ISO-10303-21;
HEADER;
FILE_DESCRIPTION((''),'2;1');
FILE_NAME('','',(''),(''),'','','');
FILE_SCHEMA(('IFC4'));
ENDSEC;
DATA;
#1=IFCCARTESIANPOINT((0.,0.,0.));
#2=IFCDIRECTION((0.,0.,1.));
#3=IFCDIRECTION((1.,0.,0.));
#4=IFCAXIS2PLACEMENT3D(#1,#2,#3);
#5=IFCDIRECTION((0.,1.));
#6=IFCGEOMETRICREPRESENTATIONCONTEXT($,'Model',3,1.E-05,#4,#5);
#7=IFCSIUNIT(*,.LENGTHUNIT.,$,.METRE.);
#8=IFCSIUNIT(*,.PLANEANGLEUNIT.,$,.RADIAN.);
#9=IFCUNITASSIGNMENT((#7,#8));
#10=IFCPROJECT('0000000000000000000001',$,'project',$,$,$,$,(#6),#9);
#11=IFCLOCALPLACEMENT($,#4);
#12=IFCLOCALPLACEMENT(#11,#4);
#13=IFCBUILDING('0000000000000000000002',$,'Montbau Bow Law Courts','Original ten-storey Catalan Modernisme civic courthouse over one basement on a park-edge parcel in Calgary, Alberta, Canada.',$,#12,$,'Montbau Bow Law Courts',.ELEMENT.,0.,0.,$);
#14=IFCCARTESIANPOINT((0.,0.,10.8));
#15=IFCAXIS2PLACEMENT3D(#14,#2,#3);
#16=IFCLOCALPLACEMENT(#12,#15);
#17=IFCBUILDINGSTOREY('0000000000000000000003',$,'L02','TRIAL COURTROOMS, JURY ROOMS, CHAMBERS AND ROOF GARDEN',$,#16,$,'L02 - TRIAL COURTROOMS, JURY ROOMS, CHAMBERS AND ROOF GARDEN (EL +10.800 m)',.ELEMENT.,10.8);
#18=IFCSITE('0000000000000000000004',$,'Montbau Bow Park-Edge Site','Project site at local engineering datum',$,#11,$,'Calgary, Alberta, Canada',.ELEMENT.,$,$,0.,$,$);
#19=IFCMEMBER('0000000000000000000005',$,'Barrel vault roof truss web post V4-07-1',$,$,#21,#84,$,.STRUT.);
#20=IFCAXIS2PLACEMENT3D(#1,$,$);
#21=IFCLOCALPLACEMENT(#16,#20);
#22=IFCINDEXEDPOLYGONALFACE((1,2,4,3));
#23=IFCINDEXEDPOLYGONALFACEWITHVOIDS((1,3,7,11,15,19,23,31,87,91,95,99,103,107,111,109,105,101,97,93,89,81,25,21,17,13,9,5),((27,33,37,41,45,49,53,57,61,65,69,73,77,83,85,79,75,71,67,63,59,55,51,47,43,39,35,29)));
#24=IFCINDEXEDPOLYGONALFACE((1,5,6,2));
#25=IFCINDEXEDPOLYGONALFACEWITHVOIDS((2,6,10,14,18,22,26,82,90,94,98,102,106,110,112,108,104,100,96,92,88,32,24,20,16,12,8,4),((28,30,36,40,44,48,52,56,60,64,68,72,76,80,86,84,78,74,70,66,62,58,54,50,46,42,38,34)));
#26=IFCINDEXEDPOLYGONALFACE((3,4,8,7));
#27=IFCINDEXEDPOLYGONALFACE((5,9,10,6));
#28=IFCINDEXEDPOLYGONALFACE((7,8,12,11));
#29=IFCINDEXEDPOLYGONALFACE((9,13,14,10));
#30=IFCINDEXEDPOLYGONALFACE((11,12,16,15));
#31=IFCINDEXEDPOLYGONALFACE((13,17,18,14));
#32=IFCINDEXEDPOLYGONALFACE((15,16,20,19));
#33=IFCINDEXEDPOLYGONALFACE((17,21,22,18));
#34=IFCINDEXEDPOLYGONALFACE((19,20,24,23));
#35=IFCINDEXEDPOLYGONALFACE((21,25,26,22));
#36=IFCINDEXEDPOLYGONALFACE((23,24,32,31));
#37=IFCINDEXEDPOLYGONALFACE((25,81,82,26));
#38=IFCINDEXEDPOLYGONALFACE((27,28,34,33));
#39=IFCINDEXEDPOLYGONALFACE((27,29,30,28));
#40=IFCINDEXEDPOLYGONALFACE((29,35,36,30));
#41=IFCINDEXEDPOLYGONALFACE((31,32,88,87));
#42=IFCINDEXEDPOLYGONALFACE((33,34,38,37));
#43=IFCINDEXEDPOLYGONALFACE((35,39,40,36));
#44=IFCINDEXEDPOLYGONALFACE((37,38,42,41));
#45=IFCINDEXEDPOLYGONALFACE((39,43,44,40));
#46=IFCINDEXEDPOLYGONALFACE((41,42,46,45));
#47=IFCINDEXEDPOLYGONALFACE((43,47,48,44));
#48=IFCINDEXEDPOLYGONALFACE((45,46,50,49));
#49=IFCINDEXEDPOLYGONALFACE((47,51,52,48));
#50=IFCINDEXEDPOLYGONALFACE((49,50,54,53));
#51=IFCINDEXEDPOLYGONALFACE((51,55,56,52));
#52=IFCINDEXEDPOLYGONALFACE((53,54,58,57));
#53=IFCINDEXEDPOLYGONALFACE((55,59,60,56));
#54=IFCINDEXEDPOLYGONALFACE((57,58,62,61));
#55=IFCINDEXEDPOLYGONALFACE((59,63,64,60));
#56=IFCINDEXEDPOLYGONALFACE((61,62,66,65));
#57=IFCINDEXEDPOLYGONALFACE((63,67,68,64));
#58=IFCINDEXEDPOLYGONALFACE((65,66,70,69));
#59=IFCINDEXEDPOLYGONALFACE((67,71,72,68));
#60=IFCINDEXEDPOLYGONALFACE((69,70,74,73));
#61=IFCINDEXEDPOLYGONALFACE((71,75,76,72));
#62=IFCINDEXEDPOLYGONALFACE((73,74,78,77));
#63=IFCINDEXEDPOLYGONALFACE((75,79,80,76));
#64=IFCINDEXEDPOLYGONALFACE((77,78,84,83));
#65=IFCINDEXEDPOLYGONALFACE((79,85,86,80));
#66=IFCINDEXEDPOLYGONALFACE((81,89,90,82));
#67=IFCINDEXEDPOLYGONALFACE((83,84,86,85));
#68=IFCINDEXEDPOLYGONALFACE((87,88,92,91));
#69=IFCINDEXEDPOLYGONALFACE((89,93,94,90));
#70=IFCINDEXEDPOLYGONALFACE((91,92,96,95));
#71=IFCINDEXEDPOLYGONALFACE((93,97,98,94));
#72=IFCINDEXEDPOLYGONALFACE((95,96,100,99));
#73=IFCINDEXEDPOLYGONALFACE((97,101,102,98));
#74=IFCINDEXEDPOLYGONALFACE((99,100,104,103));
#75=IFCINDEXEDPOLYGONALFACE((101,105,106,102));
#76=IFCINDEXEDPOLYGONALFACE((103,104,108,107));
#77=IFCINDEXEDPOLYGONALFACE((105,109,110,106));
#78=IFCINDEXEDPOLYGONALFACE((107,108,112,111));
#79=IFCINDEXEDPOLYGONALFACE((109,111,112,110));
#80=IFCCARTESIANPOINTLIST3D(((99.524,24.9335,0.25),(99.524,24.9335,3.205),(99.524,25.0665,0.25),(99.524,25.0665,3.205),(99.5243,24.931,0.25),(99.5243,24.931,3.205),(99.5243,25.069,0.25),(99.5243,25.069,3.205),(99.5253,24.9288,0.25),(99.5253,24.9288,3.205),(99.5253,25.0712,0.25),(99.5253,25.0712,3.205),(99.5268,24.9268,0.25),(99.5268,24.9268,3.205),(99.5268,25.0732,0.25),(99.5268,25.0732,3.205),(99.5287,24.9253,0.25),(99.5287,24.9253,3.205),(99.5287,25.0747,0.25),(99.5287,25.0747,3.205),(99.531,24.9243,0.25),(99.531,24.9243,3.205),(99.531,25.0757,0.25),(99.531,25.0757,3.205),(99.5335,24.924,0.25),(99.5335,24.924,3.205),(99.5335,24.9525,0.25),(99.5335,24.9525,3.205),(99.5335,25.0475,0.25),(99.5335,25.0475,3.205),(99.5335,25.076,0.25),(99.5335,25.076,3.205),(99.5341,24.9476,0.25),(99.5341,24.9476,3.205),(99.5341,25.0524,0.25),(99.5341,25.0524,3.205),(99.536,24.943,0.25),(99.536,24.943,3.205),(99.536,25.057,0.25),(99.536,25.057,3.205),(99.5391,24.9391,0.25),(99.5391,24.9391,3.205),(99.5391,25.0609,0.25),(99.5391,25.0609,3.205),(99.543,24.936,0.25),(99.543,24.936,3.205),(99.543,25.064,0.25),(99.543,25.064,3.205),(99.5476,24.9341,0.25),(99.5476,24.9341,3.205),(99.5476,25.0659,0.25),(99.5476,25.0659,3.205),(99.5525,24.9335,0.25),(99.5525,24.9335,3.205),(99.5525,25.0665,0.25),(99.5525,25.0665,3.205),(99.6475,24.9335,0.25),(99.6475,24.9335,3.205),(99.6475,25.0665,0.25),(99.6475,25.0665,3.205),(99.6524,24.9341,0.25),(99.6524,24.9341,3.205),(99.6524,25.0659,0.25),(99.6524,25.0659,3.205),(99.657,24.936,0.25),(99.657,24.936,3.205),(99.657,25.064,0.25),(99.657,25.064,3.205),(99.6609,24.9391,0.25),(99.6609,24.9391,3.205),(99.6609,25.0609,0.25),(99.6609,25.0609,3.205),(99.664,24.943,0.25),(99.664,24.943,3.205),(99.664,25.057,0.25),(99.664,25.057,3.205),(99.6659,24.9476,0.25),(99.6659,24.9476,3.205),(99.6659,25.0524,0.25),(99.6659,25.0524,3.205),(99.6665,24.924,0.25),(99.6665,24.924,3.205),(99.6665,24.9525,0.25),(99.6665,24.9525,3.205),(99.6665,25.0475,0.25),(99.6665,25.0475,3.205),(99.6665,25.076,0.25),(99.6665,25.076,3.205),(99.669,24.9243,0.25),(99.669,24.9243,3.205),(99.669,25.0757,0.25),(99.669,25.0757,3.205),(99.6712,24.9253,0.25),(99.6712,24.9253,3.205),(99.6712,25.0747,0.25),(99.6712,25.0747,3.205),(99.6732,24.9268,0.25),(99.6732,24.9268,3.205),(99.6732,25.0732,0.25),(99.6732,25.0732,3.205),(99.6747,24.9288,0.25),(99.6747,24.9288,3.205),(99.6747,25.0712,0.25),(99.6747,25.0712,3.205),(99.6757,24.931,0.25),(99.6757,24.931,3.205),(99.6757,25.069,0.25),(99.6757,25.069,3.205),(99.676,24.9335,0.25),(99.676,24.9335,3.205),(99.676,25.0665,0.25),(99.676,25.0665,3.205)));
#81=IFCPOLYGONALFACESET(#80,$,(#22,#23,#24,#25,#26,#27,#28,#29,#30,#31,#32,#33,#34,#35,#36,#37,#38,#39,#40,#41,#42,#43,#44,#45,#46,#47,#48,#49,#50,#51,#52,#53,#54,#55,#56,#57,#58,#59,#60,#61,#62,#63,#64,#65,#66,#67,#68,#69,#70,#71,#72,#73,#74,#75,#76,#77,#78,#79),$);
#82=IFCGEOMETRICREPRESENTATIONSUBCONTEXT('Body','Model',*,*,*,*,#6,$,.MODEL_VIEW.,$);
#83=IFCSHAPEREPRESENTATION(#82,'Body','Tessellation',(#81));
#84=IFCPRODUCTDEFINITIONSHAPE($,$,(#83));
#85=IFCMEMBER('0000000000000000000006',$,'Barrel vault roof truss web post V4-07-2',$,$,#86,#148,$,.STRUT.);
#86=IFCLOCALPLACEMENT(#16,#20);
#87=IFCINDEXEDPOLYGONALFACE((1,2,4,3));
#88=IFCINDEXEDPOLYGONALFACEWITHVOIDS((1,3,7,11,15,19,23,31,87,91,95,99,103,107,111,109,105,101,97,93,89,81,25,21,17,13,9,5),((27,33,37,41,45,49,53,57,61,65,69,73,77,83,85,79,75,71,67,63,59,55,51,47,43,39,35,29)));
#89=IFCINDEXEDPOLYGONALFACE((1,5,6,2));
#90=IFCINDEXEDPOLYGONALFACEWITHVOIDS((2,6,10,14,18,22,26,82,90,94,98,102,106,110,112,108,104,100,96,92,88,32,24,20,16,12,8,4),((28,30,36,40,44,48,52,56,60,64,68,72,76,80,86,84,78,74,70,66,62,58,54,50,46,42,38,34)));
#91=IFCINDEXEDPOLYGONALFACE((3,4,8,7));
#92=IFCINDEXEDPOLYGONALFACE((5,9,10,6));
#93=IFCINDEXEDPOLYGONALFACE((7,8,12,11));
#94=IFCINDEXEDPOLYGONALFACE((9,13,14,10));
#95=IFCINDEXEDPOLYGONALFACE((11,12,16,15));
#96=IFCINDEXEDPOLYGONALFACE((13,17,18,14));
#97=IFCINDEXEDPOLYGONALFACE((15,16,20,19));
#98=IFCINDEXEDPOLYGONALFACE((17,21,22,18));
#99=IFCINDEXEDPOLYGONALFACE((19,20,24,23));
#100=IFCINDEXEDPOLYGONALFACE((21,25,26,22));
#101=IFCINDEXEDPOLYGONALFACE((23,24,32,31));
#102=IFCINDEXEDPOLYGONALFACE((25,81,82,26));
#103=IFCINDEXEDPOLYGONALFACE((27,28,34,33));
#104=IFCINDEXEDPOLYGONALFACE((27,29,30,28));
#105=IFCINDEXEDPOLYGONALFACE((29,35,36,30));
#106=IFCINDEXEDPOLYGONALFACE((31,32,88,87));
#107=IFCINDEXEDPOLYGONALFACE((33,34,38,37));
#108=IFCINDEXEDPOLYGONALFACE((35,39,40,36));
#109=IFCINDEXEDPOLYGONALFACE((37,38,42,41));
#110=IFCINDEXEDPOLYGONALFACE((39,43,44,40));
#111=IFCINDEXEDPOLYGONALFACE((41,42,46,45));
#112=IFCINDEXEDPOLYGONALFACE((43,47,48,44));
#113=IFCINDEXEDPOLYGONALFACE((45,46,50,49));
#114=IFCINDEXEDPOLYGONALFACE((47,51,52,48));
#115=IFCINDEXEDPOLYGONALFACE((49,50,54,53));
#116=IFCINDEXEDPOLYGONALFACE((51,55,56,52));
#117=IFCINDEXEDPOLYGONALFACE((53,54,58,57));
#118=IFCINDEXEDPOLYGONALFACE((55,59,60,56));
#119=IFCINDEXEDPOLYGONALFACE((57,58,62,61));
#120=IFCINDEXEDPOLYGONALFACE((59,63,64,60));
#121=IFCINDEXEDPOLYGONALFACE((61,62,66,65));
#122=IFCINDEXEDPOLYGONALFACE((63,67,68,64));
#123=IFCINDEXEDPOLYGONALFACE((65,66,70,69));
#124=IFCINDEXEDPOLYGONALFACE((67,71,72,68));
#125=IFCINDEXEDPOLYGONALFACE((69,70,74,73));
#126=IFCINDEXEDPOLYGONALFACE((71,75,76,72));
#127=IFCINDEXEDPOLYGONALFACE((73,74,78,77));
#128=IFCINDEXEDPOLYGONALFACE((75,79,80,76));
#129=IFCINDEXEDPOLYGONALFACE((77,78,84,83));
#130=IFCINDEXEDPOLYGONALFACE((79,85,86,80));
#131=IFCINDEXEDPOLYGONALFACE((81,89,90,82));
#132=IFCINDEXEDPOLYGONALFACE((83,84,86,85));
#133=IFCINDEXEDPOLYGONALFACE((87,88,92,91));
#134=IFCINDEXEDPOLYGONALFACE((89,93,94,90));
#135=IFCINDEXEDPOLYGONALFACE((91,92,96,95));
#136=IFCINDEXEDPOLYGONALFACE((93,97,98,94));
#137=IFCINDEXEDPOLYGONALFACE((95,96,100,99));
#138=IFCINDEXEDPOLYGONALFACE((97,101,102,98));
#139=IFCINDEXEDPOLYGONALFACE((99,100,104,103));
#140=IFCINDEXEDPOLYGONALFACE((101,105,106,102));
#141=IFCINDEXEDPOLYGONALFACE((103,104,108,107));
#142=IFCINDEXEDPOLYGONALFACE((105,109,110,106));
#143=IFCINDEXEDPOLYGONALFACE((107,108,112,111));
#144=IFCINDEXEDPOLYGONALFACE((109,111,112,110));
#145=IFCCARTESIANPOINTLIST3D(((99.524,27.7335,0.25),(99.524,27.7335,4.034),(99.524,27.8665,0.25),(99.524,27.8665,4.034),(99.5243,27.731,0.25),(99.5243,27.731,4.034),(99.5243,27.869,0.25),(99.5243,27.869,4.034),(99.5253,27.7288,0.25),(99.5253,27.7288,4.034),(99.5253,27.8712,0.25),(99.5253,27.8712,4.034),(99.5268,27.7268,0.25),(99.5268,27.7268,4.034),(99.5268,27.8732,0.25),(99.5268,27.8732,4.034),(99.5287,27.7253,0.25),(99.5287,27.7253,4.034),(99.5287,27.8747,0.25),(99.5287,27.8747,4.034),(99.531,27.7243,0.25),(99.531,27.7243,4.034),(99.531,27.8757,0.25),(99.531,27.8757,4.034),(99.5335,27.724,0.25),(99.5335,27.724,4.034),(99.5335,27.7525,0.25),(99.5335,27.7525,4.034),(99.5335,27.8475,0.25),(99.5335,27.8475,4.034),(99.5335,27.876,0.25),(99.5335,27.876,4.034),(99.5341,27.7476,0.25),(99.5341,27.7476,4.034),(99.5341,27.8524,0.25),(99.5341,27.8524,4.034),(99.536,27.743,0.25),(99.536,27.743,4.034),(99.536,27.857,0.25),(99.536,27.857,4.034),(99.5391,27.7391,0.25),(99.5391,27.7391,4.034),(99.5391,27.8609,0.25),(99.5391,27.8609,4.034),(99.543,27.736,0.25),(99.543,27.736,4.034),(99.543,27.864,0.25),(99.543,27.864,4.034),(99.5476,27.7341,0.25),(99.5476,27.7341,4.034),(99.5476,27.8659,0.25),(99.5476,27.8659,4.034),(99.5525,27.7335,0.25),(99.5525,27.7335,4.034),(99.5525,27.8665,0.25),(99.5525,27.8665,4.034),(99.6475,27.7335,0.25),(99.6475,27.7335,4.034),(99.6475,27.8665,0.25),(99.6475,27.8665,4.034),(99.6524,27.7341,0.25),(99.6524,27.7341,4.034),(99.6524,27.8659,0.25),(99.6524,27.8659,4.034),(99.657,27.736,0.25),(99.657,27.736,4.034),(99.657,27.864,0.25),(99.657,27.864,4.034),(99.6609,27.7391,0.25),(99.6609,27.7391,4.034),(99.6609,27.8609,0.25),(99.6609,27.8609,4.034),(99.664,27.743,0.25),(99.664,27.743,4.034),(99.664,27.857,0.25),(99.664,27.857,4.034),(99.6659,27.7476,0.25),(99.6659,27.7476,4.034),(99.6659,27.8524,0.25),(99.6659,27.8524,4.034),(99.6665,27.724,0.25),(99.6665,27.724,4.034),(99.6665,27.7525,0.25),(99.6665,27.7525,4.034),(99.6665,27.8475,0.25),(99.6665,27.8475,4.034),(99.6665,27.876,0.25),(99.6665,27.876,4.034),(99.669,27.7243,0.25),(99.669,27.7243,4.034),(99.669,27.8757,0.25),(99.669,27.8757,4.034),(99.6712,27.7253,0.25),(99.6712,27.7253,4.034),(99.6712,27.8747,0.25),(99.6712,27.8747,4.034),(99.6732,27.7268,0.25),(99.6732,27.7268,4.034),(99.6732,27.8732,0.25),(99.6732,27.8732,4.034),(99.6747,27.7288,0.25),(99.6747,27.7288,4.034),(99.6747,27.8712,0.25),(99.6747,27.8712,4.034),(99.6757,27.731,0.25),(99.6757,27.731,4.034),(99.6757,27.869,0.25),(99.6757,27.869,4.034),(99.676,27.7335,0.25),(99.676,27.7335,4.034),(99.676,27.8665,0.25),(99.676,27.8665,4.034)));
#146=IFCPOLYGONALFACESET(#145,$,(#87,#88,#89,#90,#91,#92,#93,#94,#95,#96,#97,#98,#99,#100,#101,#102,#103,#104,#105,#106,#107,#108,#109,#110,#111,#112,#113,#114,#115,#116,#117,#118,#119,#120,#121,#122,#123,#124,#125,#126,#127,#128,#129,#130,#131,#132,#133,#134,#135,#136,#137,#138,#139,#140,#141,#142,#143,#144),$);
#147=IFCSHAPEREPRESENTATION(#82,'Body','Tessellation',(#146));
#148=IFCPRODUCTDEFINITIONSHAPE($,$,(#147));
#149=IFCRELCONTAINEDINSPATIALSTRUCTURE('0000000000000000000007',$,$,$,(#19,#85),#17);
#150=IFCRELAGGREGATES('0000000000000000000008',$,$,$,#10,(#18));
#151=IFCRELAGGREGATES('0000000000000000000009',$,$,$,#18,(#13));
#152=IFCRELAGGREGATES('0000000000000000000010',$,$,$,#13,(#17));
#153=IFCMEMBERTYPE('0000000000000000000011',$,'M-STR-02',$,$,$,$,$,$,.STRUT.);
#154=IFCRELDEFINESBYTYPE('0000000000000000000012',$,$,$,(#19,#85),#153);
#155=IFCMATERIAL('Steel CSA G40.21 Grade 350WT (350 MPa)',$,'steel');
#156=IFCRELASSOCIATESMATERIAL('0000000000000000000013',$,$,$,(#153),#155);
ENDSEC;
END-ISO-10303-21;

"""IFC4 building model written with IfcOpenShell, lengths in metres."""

from ifc_helpers import new_model, si_unit, direction, frame, origin_with_axes, origin_2d_with_axis, place, context, subcontext, project, spatial, hollow_rectangle, extrude, material, material_profile, profile_set, type_object, element, save


model = new_model("IFC4")

# Units and contexts
model_context = context("Model", 3, precision=1e-05, world=origin_with_axes(), true_north=direction((0.0, 1.0)))
body_context = subcontext(model_context, "Body", "Model", "MODEL_VIEW")
ifc_project = project(units=[si_unit("LENGTHUNIT", "METRE"), si_unit("PLANEANGLEUNIT", "RADIAN")], contexts=[model_context])

# Site, building, storey
site_placement = place(None, origin_with_axes())
site = spatial("IfcSite", under=ifc_project, at=site_placement, Name="Montbau Bow Park-Edge Site", Description="Project site at local engineering datum", LongName="Calgary, Alberta, Canada", CompositionType="ELEMENT", RefElevation=0.0)
building_placement = place(site_placement, origin_with_axes())
building = spatial("IfcBuilding", under=site, at=building_placement, Name="Montbau Bow Law Courts", Description="Original ten-storey Catalan Modernisme civic courthouse over one basement on a park-edge parcel in Calgary, Alberta, Canada.", LongName="Montbau Bow Law Courts", CompositionType="ELEMENT", ElevationOfRefHeight=0.0, ElevationOfTerrain=0.0)
storey_placement = place(building_placement, frame((0.0, 0.0, 10.8), z_axis=(0.0, 0.0, 1.0), x_axis=(1.0, 0.0, 0.0)))
storey = spatial("IfcBuildingStorey", under=building, at=storey_placement, Name="L02", Description="TRIAL COURTROOMS, JURY ROOMS, CHAMBERS AND ROOF GARDEN", LongName="L02 - TRIAL COURTROOMS, JURY ROOMS, CHAMBERS AND ROOF GARDEN (EL +10.800 m)", CompositionType="ELEMENT", Elevation=10.8)

# Shared definitions
ifc_material_1 = material(Name="Steel CSA G40.21 Grade 350WT (350 MPa)", Category="steel")

# Members
ifc_material_profile_1 = material_profile(ifc_material_1, hollow_rectangle(XDim=0.152, YDim=0.152, WallThickness=0.0095, InnerFilletRadius=0.019, OuterFilletRadius=0.0095, at=origin_2d_with_axis()), Name="HSS152X152X9.5", Category="Main", Priority=0)
ifc_profile_set_1 = profile_set([ifc_material_profile_1], Name="Steel CSA G40.21 Grade 350WT (350 MPa)")
member_type_1 = type_object("IfcMemberType", Name="M-STR-02", PredefinedType="STRUT", material=ifc_profile_set_1)
member_1_placement = place(None, frame((99.6, 25.0, 11.05), z_axis=(0.0, 0.0, 1.0), x_axis=(1.0, 0.0, 0.0)))
element("IfcMember", 1, at=member_1_placement, inside=storey, type_object=member_type_1, Name="Barrel vault roof truss web post V4-07-1", PredefinedType="STRUT", context=body_context, shape_type="SweptSolid", body=[
    extrude(hollow_rectangle(XDim=0.152, YDim=0.152, WallThickness=0.0095, InnerFilletRadius=0.019, OuterFilletRadius=0.0095, at=origin_2d_with_axis()), origin_with_axes(), (0.0, 0.0, 1.0), 2.955),
])
member_2_placement = place(None, frame((99.6, 27.8, 11.05), z_axis=(0.0, 0.0, 1.0), x_axis=(1.0, 0.0, 0.0)))
element("IfcMember", 2, at=member_2_placement, inside=storey, type_object=member_type_1, Name="Barrel vault roof truss web post V4-07-2", PredefinedType="STRUT", context=body_context, shape_type="SweptSolid", body=[
    extrude(hollow_rectangle(XDim=0.152, YDim=0.152, WallThickness=0.0095, InnerFilletRadius=0.019, OuterFilletRadius=0.0095, at=origin_2d_with_axis()), origin_with_axes(), (0.0, 0.0, 1.0), 3.784),
])

save(model, "model.ifc")
